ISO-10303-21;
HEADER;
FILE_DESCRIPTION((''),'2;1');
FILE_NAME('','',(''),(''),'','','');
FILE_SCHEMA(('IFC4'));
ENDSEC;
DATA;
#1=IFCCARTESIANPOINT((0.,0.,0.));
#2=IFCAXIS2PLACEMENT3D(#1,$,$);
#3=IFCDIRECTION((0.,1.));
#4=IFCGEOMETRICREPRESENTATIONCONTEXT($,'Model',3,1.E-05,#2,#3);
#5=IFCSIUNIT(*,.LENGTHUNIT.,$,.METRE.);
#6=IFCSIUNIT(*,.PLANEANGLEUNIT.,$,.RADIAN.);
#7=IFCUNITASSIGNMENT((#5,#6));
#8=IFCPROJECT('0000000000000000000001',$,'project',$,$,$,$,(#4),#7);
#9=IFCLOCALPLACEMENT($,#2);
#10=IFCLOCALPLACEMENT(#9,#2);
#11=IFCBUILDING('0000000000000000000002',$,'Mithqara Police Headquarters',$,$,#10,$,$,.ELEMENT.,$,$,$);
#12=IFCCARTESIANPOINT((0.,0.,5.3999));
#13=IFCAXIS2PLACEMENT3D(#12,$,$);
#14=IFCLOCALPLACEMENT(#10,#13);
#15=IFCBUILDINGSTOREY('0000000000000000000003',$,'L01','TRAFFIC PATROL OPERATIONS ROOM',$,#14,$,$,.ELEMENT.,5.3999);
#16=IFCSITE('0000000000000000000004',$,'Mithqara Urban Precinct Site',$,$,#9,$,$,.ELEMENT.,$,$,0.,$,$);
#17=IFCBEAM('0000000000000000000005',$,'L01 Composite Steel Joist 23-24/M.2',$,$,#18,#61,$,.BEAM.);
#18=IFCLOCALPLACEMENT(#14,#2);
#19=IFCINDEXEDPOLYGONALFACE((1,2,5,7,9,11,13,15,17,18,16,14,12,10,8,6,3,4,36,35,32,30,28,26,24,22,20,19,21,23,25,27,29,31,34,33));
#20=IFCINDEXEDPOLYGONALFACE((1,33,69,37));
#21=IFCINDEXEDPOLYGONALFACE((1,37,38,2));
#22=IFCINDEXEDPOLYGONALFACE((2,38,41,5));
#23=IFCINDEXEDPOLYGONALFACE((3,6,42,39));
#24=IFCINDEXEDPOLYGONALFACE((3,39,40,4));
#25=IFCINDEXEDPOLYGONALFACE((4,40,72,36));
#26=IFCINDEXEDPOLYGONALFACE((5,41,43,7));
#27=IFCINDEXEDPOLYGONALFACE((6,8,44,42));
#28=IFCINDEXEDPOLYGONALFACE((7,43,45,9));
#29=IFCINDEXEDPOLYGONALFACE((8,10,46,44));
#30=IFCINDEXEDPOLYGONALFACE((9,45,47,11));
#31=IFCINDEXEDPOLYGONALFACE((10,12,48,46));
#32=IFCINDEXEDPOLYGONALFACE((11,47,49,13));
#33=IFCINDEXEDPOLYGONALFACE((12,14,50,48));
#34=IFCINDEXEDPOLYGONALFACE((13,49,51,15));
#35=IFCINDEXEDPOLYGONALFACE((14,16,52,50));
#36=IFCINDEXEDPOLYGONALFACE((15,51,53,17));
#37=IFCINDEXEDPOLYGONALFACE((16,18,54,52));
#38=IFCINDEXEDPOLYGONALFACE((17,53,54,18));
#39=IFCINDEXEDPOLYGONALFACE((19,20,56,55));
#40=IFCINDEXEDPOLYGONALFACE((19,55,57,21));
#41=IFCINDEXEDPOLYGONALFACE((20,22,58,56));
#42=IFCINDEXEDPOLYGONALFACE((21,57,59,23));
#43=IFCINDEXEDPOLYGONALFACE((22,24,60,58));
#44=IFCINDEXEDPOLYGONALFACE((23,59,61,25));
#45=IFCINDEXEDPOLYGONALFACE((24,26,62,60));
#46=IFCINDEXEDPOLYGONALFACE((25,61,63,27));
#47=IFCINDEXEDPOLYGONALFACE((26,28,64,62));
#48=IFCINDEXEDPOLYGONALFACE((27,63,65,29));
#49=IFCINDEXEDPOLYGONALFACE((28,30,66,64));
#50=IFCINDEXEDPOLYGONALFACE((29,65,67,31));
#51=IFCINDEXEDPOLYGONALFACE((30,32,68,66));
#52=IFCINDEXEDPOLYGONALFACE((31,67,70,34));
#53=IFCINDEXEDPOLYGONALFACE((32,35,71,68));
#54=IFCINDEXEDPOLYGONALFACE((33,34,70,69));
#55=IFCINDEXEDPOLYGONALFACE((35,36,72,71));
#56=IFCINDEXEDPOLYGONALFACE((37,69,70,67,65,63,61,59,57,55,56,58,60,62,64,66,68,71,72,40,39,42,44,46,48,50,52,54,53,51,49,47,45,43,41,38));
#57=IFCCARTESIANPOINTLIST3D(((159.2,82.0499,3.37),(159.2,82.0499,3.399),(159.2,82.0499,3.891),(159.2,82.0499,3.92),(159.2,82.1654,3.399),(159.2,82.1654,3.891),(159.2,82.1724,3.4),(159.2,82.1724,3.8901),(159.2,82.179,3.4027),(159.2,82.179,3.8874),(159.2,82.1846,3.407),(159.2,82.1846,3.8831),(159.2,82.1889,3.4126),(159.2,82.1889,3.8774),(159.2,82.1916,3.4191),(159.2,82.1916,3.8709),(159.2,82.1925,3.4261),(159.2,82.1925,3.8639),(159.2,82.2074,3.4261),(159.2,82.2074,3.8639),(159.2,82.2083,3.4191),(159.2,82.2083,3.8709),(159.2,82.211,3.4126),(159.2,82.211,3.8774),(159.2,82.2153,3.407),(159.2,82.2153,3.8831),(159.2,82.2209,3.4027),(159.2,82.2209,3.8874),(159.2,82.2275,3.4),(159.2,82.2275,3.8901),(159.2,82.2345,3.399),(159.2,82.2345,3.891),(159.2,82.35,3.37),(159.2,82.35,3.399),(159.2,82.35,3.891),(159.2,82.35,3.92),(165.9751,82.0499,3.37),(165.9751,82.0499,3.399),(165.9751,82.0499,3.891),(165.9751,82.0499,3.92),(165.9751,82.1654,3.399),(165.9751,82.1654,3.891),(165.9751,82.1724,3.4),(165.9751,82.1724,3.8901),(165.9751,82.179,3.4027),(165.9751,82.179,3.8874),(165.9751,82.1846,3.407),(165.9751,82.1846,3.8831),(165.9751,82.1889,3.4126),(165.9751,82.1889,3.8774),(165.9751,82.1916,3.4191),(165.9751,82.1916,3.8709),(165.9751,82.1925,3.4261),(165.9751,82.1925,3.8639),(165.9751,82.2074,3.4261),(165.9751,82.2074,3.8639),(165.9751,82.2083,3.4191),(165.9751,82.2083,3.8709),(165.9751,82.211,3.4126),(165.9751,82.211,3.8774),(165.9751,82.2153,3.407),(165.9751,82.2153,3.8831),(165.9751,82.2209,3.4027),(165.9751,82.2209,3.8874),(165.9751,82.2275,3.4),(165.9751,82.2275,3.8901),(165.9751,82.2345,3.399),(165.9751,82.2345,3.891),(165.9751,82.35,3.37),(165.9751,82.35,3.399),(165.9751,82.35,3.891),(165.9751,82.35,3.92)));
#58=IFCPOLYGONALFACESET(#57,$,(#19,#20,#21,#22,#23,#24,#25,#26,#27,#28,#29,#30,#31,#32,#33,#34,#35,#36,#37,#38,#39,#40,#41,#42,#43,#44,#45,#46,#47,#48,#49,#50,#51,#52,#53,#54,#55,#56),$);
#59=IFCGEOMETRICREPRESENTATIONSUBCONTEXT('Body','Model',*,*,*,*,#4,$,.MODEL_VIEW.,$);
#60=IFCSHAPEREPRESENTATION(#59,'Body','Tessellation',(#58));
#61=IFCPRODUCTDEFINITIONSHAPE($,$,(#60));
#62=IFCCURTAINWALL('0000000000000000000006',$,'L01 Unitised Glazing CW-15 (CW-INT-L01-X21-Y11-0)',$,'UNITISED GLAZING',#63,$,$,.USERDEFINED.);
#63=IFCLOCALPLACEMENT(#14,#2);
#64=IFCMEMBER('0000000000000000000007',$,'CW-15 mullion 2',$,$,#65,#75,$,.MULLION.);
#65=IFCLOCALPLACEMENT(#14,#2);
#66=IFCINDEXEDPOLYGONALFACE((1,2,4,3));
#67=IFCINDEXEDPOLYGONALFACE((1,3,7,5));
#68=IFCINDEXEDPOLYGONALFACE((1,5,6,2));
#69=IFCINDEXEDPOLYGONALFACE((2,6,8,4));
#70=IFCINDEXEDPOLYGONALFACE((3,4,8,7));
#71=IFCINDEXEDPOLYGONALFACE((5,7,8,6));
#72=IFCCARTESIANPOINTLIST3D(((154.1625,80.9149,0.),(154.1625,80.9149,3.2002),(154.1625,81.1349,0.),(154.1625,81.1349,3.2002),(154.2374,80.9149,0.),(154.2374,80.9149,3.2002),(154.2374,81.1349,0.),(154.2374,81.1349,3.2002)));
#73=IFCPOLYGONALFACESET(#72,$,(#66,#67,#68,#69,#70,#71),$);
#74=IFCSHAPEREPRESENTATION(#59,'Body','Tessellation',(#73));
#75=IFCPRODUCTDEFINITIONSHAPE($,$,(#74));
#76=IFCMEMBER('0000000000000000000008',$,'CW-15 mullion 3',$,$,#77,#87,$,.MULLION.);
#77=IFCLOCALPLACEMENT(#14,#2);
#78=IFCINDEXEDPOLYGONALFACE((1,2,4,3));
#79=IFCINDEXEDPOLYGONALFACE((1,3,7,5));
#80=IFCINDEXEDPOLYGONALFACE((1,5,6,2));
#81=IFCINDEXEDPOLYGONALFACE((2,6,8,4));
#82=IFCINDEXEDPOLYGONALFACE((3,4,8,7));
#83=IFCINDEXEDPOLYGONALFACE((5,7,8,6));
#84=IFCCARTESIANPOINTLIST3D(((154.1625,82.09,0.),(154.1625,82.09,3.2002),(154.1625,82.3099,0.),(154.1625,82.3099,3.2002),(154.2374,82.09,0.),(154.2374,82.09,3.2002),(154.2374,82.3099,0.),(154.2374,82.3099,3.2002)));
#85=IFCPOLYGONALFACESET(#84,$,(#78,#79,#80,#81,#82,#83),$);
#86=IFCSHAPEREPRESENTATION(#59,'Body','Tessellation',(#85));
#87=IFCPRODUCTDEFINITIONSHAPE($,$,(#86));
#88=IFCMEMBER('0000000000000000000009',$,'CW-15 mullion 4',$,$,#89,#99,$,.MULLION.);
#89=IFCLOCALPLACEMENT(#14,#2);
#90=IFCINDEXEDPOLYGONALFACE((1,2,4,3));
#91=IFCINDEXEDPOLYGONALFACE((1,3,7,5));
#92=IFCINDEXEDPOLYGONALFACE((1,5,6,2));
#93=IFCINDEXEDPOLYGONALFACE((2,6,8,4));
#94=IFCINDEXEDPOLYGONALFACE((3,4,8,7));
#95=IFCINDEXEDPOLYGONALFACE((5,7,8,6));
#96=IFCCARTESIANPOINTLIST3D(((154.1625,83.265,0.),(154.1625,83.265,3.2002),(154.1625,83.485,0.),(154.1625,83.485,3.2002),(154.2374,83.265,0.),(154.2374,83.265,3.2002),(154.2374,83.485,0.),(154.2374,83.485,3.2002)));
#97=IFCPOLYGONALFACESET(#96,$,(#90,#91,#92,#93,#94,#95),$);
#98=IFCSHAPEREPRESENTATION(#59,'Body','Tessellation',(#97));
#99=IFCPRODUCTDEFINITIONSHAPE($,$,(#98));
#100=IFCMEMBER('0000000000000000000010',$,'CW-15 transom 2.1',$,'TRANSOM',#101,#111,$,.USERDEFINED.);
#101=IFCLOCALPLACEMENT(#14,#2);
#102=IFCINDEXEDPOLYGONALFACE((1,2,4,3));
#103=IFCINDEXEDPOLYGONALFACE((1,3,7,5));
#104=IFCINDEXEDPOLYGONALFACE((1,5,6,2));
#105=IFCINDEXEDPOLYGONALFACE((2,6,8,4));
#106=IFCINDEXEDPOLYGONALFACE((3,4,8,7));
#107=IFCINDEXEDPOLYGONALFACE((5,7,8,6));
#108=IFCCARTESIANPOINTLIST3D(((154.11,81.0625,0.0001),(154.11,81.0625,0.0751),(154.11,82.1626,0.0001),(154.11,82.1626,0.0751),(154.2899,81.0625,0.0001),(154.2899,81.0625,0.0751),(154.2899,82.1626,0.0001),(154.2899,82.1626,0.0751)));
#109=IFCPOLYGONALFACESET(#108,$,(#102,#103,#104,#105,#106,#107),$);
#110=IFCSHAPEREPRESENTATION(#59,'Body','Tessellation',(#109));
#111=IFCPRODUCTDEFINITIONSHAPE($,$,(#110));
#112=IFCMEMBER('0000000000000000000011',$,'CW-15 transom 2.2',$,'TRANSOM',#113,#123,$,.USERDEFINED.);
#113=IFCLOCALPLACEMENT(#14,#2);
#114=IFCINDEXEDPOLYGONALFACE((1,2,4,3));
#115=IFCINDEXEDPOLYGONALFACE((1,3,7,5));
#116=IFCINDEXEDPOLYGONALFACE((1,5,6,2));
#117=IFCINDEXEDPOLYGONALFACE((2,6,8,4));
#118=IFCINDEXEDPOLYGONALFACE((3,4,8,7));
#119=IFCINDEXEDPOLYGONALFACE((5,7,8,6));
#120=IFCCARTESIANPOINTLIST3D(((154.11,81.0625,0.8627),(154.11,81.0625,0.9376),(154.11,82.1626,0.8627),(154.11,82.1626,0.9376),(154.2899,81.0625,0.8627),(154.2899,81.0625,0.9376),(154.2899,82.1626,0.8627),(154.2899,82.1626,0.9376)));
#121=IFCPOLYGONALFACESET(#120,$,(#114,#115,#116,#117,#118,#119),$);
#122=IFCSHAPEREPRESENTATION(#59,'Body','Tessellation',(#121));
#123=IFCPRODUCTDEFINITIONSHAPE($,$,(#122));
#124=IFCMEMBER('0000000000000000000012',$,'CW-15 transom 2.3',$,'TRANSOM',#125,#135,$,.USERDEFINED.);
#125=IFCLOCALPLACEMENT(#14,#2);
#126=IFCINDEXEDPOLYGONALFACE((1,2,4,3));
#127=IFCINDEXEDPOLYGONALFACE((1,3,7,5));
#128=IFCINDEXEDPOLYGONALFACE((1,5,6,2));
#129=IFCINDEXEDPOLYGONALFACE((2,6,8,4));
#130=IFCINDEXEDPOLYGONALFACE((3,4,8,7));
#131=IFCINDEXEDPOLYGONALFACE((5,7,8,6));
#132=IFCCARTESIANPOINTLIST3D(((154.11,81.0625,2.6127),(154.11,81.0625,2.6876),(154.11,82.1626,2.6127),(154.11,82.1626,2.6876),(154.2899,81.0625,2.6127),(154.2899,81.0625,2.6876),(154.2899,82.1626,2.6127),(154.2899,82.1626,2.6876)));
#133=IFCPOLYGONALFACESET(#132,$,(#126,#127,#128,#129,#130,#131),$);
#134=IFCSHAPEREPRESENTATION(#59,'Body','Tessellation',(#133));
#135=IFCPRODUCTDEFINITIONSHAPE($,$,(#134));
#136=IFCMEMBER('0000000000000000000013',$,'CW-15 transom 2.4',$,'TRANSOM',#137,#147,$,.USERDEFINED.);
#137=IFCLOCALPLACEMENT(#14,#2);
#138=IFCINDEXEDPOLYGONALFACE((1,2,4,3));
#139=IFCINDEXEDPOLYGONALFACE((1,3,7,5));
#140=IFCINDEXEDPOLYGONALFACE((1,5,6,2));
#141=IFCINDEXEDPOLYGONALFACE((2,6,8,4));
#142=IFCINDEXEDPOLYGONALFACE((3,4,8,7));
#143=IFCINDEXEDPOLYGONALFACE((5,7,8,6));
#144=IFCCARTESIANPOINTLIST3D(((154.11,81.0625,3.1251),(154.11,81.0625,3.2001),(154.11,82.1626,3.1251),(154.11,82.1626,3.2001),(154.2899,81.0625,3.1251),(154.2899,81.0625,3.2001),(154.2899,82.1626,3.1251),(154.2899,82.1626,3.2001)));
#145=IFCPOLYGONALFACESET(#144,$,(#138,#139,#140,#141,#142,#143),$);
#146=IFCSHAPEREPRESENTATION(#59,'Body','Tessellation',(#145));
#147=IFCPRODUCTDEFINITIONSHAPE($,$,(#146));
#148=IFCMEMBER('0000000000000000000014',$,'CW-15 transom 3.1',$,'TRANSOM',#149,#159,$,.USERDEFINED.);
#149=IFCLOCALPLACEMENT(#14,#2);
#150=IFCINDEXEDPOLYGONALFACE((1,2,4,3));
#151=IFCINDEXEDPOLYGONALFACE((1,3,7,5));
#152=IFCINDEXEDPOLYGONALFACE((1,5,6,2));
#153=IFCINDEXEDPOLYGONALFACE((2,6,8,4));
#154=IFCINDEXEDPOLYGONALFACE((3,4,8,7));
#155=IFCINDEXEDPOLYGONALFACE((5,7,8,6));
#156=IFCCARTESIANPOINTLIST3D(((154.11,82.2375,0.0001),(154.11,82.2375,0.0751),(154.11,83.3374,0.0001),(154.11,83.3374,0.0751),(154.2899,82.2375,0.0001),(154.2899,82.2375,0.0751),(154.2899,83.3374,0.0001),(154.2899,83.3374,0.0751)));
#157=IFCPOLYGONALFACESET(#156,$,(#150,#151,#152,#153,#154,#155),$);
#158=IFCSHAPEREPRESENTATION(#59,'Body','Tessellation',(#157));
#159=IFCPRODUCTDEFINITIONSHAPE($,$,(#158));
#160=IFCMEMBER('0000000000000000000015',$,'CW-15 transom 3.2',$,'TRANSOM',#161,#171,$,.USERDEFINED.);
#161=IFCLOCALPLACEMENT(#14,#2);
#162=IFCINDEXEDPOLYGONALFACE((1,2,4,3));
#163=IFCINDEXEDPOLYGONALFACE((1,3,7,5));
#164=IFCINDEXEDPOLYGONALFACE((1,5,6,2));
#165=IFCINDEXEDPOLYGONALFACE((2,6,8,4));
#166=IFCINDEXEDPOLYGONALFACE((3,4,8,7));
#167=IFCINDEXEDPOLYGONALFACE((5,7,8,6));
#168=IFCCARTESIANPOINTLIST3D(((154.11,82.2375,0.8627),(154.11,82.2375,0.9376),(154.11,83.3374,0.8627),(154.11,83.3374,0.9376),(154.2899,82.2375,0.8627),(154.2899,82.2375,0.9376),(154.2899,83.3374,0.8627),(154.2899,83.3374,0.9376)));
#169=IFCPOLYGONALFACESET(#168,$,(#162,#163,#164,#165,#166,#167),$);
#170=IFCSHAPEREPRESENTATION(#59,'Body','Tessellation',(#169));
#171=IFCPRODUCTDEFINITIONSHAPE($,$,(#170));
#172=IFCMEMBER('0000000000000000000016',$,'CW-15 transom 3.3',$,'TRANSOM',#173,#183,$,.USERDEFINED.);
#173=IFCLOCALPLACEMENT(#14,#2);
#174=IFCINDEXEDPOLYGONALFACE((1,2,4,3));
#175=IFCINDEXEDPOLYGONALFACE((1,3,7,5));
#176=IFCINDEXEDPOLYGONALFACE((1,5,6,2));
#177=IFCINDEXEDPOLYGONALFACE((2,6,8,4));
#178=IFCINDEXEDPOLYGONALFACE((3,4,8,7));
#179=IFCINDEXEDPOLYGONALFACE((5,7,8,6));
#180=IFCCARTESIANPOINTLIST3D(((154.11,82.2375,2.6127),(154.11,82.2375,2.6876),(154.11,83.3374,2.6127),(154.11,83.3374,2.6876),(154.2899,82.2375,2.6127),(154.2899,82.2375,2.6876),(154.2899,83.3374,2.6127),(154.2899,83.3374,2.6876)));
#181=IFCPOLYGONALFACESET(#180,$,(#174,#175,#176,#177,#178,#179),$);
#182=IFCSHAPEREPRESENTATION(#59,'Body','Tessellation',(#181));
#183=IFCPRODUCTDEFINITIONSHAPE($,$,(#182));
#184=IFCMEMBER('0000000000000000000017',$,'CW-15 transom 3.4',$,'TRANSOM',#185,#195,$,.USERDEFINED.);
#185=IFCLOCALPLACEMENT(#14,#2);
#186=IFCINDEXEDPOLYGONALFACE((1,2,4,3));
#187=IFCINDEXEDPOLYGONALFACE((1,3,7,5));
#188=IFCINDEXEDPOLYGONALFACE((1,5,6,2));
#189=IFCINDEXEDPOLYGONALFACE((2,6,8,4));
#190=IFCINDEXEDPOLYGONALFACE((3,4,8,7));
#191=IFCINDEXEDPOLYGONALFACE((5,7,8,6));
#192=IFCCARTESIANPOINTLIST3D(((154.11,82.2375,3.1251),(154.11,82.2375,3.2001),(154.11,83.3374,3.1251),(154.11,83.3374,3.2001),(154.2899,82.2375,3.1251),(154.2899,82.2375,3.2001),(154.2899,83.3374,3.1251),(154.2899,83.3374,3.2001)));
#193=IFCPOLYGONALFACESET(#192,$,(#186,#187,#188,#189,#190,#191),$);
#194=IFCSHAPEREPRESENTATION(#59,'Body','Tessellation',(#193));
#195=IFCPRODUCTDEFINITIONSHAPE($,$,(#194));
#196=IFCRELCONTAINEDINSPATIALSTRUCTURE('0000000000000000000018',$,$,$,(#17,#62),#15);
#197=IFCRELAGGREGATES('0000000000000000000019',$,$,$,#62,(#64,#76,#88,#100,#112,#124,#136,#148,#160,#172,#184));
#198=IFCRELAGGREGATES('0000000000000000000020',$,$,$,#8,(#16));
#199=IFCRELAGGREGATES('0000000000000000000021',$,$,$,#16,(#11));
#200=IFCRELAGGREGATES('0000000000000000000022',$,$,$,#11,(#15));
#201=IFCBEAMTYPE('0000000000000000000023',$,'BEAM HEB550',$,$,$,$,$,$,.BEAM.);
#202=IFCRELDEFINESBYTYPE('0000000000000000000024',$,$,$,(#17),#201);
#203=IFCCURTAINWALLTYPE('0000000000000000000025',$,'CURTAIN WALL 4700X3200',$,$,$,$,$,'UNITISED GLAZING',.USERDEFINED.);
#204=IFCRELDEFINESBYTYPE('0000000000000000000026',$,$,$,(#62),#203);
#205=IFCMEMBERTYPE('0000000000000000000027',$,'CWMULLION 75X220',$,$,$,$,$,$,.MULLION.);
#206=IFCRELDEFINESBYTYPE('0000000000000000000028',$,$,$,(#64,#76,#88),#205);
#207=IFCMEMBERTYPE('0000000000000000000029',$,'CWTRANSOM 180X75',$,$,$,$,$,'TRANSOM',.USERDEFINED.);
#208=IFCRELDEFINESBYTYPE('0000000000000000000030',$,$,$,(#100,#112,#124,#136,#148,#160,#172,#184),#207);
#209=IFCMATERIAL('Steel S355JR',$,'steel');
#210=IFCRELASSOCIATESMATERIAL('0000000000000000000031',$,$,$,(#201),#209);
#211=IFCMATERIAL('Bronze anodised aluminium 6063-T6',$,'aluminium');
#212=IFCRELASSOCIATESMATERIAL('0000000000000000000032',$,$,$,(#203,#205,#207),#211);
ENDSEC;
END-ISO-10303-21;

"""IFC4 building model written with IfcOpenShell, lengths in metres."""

from ifc_helpers import new_model, si_unit, direction, frame, origin, origin_2d, place, context, subcontext, project, spatial, rectangle, i_section, extrude, material, material_profile, profile_set, type_object, element, aggregate, save


model = new_model("IFC4")

# Units and contexts
model_context = context("Model", 3, precision=1e-05, world=origin(), true_north=direction((0.0, 1.0)))
body_context = subcontext(model_context, "Body", "Model", "MODEL_VIEW")
ifc_project = project(units=[si_unit("LENGTHUNIT", "METRE"), si_unit("PLANEANGLEUNIT", "RADIAN")], contexts=[model_context])

# Site, building, storey
site_placement = place(None, origin())
site = spatial("IfcSite", under=ifc_project, at=site_placement, Name="Mithqara Urban Precinct Site", CompositionType="ELEMENT", RefElevation=0.0)
building_placement = place(site_placement, origin())
building = spatial("IfcBuilding", under=site, at=building_placement, Name="Mithqara Police Headquarters", CompositionType="ELEMENT")
storey_placement = place(building_placement, frame((0.0, 0.0, 5.3999)))
storey = spatial("IfcBuildingStorey", under=building, at=storey_placement, Name="L01", Description="TRAFFIC PATROL OPERATIONS ROOM", CompositionType="ELEMENT", Elevation=5.3999)

# Beam
ifc_material_1 = material(Name="Steel S355JR", Category="steel")
ifc_material_profile_1 = material_profile(ifc_material_1, i_section(OverallWidth=0.3, OverallDepth=0.55, WebThickness=0.0149, FlangeThickness=0.0291, FilletRadius=0.0271, at=origin_2d()), Name="HEB 550")
ifc_profile_set_1 = profile_set([ifc_material_profile_1], Name="Steel S355JR")
beam_type = type_object("IfcBeamType", Name="BEAM HEB550", PredefinedType="BEAM", material=ifc_profile_set_1)
beam_placement = place(storey_placement, frame((159.2, 82.2, 3.645), z_axis=(1.0, 0.0, 0.0), x_axis=(0.0, 1.0, 0.0)))
element("IfcBeam", 1, at=beam_placement, inside=storey, type_object=beam_type, Name="L01 Composite Steel Joist 23-24/M.2", PredefinedType="BEAM", context=body_context, shape_type="SweptSolid", body=[
    extrude(i_section(OverallWidth=0.3, OverallDepth=0.55, WebThickness=0.0149, FlangeThickness=0.0291, FilletRadius=0.0271, at=origin_2d()), origin(), (0.0, 0.0, 1.0), 6.7751),
])

# Curtain wall, members
ifc_material_2 = material(Name="Bronze anodised aluminium 6063-T6", Category="aluminium")
curtain_wall_type = type_object("IfcCurtainWallType", Name="CURTAIN WALL 4700X3200", ElementType="UNITISED GLAZING", PredefinedType="USERDEFINED", material=ifc_material_2)
curtain_wall_placement = place(storey_placement, origin())
curtain_wall = element("IfcCurtainWall", 2, at=curtain_wall_placement, inside=storey, type_object=curtain_wall_type, Name="L01 Unitised Glazing CW-15 (CW-INT-L01-X21-Y11-0)", ObjectType="UNITISED GLAZING", PredefinedType="USERDEFINED")
ifc_material_profile_2 = material_profile(ifc_material_2, rectangle(XDim=0.075, YDim=0.22, at=origin_2d()), Name="CWM 75x220")
ifc_profile_set_2 = profile_set([ifc_material_profile_2], Name="Bronze anodised aluminium 6063-T6")
member_type_1 = type_object("IfcMemberType", Name="CWMULLION 75X220", PredefinedType="MULLION", material=ifc_profile_set_2)
member_1_placement = place(storey_placement, frame((154.2, 81.0249, 0.0), z_axis=(0.0, 0.0, 1.0), x_axis=(-1.0, 0.0, 0.0)))
member_1 = element("IfcMember", 3, at=member_1_placement, type_object=member_type_1, Name="CW-15 mullion 2", PredefinedType="MULLION", context=body_context, shape_type="SweptSolid", body=[
    extrude(rectangle(XDim=0.075, YDim=0.22, at=origin_2d()), origin(), (0.0, 0.0, 1.0), 3.2002),
])
member_2_placement = place(storey_placement, frame((154.2, 82.2, 0.0), z_axis=(0.0, 0.0, 1.0), x_axis=(-1.0, 0.0, 0.0)))
member_2 = element("IfcMember", 4, at=member_2_placement, type_object=member_type_1, Name="CW-15 mullion 3", PredefinedType="MULLION", context=body_context, shape_type="SweptSolid", body=[
    extrude(rectangle(XDim=0.075, YDim=0.22, at=origin_2d()), origin(), (0.0, 0.0, 1.0), 3.2002),
])
member_3_placement = place(storey_placement, frame((154.2, 83.375, 0.0), z_axis=(0.0, 0.0, 1.0), x_axis=(-1.0, 0.0, 0.0)))
member_3 = element("IfcMember", 5, at=member_3_placement, type_object=member_type_1, Name="CW-15 mullion 4", PredefinedType="MULLION", context=body_context, shape_type="SweptSolid", body=[
    extrude(rectangle(XDim=0.075, YDim=0.22, at=origin_2d()), origin(), (0.0, 0.0, 1.0), 3.2002),
])
ifc_material_profile_3 = material_profile(ifc_material_2, rectangle(XDim=0.1799, YDim=0.075, at=origin_2d()), Name="CWT 180x75")
ifc_profile_set_3 = profile_set([ifc_material_profile_3], Name="Bronze anodised aluminium 6063-T6")
member_type_2 = type_object("IfcMemberType", Name="CWTRANSOM 180X75", ElementType="TRANSOM", PredefinedType="USERDEFINED", material=ifc_profile_set_3)
member_4_placement = place(storey_placement, frame((154.2, 81.0625, 0.0376), z_axis=(0.0, 1.0, 0.0), x_axis=(-1.0, 0.0, 0.0)))
member_4 = element("IfcMember", 6, at=member_4_placement, type_object=member_type_2, Name="CW-15 transom 2.1", ObjectType="TRANSOM", PredefinedType="USERDEFINED", context=body_context, shape_type="SweptSolid", body=[
    extrude(rectangle(XDim=0.1799, YDim=0.075, at=origin_2d()), origin(), (0.0, 0.0, 1.0), 1.1001),
])
member_5_placement = place(storey_placement, frame((154.2, 81.0625, 0.9001), z_axis=(0.0, 1.0, 0.0), x_axis=(-1.0, 0.0, 0.0)))
member_5 = element("IfcMember", 7, at=member_5_placement, type_object=member_type_2, Name="CW-15 transom 2.2", ObjectType="TRANSOM", PredefinedType="USERDEFINED", context=body_context, shape_type="SweptSolid", body=[
    extrude(rectangle(XDim=0.1799, YDim=0.075, at=origin_2d()), origin(), (0.0, 0.0, 1.0), 1.1001),
])
member_6_placement = place(storey_placement, frame((154.2, 81.0625, 2.6501), z_axis=(0.0, 1.0, 0.0), x_axis=(-1.0, 0.0, 0.0)))
member_6 = element("IfcMember", 8, at=member_6_placement, type_object=member_type_2, Name="CW-15 transom 2.3", ObjectType="TRANSOM", PredefinedType="USERDEFINED", context=body_context, shape_type="SweptSolid", body=[
    extrude(rectangle(XDim=0.1799, YDim=0.075, at=origin_2d()), origin(), (0.0, 0.0, 1.0), 1.1001),
])
member_7_placement = place(storey_placement, frame((154.2, 81.0625, 3.1626), z_axis=(0.0, 1.0, 0.0), x_axis=(-1.0, 0.0, 0.0)))
member_7 = element("IfcMember", 9, at=member_7_placement, type_object=member_type_2, Name="CW-15 transom 2.4", ObjectType="TRANSOM", PredefinedType="USERDEFINED", context=body_context, shape_type="SweptSolid", body=[
    extrude(rectangle(XDim=0.1799, YDim=0.075, at=origin_2d()), origin(), (0.0, 0.0, 1.0), 1.1001),
])
member_8_placement = place(storey_placement, frame((154.2, 82.2375, 0.0376), z_axis=(0.0, 1.0, 0.0), x_axis=(-1.0, 0.0, 0.0)))
member_8 = element("IfcMember", 10, at=member_8_placement, type_object=member_type_2, Name="CW-15 transom 3.1", ObjectType="TRANSOM", PredefinedType="USERDEFINED", context=body_context, shape_type="SweptSolid", body=[
    extrude(rectangle(XDim=0.1799, YDim=0.075, at=origin_2d()), origin(), (0.0, 0.0, 1.0), 1.0999),
])
member_9_placement = place(storey_placement, frame((154.2, 82.2375, 0.9001), z_axis=(0.0, 1.0, 0.0), x_axis=(-1.0, 0.0, 0.0)))
member_9 = element("IfcMember", 11, at=member_9_placement, type_object=member_type_2, Name="CW-15 transom 3.2", ObjectType="TRANSOM", PredefinedType="USERDEFINED", context=body_context, shape_type="SweptSolid", body=[
    extrude(rectangle(XDim=0.1799, YDim=0.075, at=origin_2d()), origin(), (0.0, 0.0, 1.0), 1.0999),
])
member_10_placement = place(storey_placement, frame((154.2, 82.2375, 2.6501), z_axis=(0.0, 1.0, 0.0), x_axis=(-1.0, 0.0, 0.0)))
member_10 = element("IfcMember", 12, at=member_10_placement, type_object=member_type_2, Name="CW-15 transom 3.3", ObjectType="TRANSOM", PredefinedType="USERDEFINED", context=body_context, shape_type="SweptSolid", body=[
    extrude(rectangle(XDim=0.1799, YDim=0.075, at=origin_2d()), origin(), (0.0, 0.0, 1.0), 1.0999),
])
member_11_placement = place(storey_placement, frame((154.2, 82.2375, 3.1626), z_axis=(0.0, 1.0, 0.0), x_axis=(-1.0, 0.0, 0.0)))
member_11 = element("IfcMember", 13, at=member_11_placement, type_object=member_type_2, Name="CW-15 transom 3.4", ObjectType="TRANSOM", PredefinedType="USERDEFINED", context=body_context, shape_type="SweptSolid", body=[
    extrude(rectangle(XDim=0.1799, YDim=0.075, at=origin_2d()), origin(), (0.0, 0.0, 1.0), 1.0999),
])
aggregate(curtain_wall, [member_1, member_2, member_3, member_4, member_5, member_6, member_7, member_8, member_9, member_10, member_11])

save(model, "model.ifc")
